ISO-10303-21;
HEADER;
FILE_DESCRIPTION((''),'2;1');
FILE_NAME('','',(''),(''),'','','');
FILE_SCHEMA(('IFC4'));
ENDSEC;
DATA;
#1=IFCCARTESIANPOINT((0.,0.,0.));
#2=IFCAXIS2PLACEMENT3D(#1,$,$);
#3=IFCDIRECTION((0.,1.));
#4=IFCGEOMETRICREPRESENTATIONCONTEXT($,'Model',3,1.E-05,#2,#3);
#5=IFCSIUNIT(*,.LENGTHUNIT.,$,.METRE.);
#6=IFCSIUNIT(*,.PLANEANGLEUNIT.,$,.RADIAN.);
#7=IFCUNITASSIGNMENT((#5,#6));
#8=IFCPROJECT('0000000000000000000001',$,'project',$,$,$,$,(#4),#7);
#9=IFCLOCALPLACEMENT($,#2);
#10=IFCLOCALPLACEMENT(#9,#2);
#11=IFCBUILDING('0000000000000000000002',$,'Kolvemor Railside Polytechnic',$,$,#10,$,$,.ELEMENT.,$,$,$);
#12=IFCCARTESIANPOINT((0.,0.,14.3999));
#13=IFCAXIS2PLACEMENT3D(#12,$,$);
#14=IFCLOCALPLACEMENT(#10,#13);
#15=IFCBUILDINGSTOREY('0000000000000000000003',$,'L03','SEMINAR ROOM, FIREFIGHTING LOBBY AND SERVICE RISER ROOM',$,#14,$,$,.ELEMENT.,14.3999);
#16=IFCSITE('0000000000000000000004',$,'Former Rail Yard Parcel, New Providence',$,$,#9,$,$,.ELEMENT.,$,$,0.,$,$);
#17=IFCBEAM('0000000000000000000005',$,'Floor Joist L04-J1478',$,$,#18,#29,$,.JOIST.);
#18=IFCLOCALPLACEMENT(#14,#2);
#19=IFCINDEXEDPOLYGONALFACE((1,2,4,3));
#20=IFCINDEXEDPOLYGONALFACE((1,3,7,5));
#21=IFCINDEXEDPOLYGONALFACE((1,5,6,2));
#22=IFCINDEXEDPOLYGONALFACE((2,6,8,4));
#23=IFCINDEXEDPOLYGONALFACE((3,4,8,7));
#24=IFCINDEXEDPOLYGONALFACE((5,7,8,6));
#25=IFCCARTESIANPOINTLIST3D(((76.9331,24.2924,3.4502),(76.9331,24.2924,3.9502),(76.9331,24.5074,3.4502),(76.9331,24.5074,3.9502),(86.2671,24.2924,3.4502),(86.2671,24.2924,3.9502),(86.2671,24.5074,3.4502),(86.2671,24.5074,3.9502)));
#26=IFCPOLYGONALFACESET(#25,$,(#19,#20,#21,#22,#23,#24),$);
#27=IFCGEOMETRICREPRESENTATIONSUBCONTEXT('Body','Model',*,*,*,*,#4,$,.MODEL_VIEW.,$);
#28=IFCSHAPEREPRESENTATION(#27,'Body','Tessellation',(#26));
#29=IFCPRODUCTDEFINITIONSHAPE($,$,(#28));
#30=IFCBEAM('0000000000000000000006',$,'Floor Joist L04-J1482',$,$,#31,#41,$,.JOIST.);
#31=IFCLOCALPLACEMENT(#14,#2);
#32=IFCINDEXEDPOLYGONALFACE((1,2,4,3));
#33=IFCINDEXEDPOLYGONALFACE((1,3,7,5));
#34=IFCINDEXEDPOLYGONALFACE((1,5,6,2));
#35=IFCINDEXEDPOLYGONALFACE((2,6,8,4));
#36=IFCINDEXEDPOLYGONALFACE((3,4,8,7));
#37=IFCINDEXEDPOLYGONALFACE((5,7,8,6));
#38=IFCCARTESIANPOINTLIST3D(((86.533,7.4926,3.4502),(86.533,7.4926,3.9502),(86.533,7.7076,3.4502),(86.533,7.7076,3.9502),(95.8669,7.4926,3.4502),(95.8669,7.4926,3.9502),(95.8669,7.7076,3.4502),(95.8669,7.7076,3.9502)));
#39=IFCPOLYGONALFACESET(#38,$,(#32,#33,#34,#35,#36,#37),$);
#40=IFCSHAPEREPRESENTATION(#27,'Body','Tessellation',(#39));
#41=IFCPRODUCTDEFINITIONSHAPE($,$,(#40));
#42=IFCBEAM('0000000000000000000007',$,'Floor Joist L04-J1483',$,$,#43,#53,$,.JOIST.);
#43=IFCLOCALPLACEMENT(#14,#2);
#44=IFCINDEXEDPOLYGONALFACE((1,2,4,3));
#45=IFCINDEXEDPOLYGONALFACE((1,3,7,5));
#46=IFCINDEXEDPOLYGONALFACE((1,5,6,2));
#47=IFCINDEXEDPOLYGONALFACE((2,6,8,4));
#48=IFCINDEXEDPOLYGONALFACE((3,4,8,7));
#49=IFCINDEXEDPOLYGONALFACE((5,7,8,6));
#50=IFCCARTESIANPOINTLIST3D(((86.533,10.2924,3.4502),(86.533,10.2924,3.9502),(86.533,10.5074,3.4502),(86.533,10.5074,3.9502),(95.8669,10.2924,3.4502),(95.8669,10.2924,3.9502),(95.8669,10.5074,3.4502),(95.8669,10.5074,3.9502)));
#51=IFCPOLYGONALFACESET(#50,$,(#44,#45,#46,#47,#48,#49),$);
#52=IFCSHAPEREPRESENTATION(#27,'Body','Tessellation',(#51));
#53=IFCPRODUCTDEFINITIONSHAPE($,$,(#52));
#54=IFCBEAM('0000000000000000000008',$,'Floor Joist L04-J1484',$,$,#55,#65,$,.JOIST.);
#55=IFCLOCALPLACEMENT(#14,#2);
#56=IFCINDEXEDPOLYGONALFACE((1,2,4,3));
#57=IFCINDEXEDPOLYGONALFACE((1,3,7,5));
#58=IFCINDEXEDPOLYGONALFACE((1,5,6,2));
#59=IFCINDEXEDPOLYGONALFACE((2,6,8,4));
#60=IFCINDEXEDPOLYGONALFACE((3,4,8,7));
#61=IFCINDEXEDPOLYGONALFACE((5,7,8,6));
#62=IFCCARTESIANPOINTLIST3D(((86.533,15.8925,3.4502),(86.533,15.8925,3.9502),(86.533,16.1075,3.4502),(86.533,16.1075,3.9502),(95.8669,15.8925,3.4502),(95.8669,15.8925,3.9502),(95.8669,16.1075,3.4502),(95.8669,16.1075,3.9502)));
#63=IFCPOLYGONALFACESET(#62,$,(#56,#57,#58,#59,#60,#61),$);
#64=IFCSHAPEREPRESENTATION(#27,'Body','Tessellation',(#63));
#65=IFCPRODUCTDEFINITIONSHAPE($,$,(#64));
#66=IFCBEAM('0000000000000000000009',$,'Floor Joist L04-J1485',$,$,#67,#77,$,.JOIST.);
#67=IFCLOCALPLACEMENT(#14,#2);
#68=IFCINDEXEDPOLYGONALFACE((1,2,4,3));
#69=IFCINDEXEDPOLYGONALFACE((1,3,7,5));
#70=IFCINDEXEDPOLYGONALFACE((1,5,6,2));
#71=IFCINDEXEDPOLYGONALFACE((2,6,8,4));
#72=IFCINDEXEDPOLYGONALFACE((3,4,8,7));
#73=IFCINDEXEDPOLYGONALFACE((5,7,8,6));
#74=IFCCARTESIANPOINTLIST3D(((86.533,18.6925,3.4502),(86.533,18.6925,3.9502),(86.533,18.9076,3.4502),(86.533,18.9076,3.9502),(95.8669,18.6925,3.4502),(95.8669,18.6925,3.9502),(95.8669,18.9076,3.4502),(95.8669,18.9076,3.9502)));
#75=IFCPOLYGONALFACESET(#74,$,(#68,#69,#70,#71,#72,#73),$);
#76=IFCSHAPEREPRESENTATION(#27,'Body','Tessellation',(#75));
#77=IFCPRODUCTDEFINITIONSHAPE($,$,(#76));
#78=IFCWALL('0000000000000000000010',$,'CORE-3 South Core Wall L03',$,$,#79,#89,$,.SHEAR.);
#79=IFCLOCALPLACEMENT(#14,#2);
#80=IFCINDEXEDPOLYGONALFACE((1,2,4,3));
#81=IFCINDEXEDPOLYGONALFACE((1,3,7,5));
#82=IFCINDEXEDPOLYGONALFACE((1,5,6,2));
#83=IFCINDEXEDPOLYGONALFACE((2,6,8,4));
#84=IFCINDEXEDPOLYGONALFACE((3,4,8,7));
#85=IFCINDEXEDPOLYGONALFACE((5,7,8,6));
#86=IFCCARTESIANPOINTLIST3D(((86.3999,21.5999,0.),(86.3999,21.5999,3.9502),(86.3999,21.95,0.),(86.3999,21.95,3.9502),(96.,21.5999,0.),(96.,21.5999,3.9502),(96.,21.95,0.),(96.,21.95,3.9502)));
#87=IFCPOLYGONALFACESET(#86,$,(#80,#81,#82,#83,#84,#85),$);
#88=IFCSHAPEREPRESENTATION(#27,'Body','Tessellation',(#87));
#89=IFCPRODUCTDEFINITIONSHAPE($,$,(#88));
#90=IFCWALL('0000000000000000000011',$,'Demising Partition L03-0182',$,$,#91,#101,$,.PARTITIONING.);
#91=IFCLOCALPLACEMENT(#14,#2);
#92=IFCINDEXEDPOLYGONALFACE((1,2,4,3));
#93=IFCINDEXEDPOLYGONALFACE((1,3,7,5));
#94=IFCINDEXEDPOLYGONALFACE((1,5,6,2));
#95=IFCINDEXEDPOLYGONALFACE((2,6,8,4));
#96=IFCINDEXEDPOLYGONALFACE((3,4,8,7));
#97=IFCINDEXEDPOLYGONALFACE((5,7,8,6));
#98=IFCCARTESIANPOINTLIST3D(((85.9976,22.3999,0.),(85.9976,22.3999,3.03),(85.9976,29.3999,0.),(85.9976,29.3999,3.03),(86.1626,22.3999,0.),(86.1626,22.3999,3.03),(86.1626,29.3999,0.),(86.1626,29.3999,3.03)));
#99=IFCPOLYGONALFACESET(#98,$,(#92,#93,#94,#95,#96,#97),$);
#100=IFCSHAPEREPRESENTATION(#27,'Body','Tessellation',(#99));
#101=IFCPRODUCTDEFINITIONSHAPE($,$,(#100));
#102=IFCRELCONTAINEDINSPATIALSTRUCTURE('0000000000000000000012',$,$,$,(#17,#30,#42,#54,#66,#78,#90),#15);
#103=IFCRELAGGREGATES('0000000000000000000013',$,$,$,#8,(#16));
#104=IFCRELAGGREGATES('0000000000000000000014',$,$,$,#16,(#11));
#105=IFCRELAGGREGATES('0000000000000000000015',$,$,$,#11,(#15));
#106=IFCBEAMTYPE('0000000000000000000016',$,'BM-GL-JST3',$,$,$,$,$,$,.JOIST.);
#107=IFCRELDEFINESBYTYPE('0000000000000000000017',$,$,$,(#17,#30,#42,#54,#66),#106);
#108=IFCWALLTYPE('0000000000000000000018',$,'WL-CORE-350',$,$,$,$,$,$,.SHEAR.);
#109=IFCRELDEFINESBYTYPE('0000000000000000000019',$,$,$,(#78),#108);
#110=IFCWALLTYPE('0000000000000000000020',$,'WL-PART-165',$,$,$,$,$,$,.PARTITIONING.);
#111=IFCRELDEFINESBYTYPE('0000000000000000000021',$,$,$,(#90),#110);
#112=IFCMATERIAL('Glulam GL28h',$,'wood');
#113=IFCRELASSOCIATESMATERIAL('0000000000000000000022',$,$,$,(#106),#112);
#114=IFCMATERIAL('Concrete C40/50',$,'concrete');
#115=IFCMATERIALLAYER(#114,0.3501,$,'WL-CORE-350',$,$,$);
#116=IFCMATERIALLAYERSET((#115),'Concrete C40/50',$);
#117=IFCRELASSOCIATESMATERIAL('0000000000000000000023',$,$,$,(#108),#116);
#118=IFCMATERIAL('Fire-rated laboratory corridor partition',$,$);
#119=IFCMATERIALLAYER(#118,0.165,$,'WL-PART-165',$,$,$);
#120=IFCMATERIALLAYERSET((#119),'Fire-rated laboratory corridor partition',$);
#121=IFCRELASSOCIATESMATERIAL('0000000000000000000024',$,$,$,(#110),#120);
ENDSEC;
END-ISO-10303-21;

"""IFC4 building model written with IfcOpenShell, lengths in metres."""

from ifc_helpers import new_model, si_unit, direction, frame, frame_2d, origin, origin_2d, place, context, subcontext, project, spatial, rectangle, extrude, material, layer, layer_set, material_profile, profile_set, type_object, element, save


model = new_model("IFC4")

# Units and contexts
model_context = context("Model", 3, precision=1e-05, world=origin(), true_north=direction((0.0, 1.0)))
body_context = subcontext(model_context, "Body", "Model", "MODEL_VIEW")
ifc_project = project(units=[si_unit("LENGTHUNIT", "METRE"), si_unit("PLANEANGLEUNIT", "RADIAN")], contexts=[model_context])

# Site, building, storey
site_placement = place(None, origin())
site = spatial("IfcSite", under=ifc_project, at=site_placement, Name="Former Rail Yard Parcel, New Providence", CompositionType="ELEMENT", RefElevation=0.0)
building_placement = place(site_placement, origin())
building = spatial("IfcBuilding", under=site, at=building_placement, Name="Kolvemor Railside Polytechnic", CompositionType="ELEMENT")
storey_placement = place(building_placement, frame((0.0, 0.0, 14.3999)))
storey = spatial("IfcBuildingStorey", under=building, at=storey_placement, Name="L03", Description="SEMINAR ROOM, FIREFIGHTING LOBBY AND SERVICE RISER ROOM", CompositionType="ELEMENT", Elevation=14.3999)

# Beams
ifc_material_1 = material(Name="Glulam GL28h", Category="wood")
ifc_material_profile_1 = material_profile(ifc_material_1, rectangle(XDim=0.2151, YDim=0.5, at=origin_2d()), Name="GL215x500")
ifc_profile_set_1 = profile_set([ifc_material_profile_1], Name="Glulam GL28h")
beam_type_1 = type_object("IfcBeamType", Name="BM-GL-JST3", PredefinedType="JOIST", material=ifc_profile_set_1)
for number, where, z_axis, x_axis, name in (
    (1, (76.9331, 24.3999, 3.7002), (1.0, 0.0, 0.0), (0.0, 1.0, 0.0), "Floor Joist L04-J1478"),
    (2, (86.533, 7.6001, 3.7002), (1.0, 0.0, 0.0), (0.0, 1.0, 0.0), "Floor Joist L04-J1482"),
    (3, (86.533, 10.3999, 3.7002), (1.0, 0.0, 0.0), (0.0, 1.0, 0.0), "Floor Joist L04-J1483"),
    (4, (86.533, 16.0, 3.7002), (1.0, 0.0, 0.0), (0.0, 1.0, 0.0), "Floor Joist L04-J1484"),
    (5, (86.533, 18.8, 3.7002), (1.0, 0.0, 0.0), (0.0, 1.0, 0.0), "Floor Joist L04-J1485"),
):
    element("IfcBeam", number, at=place(storey_placement, frame(where, z_axis=z_axis, x_axis=x_axis)), inside=storey, type_object=beam_type_1, Name=name, PredefinedType="JOIST", context=body_context, shape_type="SweptSolid", body=[
        extrude(rectangle(XDim=0.2151, YDim=0.5, at=origin_2d()), origin(), (0.0, 0.0, 1.0), 9.334),
    ])

# Shared definitions
ifc_material_2 = material(Name="Concrete C40/50", Category="concrete")
ifc_layer_1 = layer(ifc_material_2, 0.3501, Name="WL-CORE-350")
ifc_layer_set_1 = layer_set([ifc_layer_1], Name="Concrete C40/50")
wall_type_1 = type_object("IfcWallType", Name="WL-CORE-350", PredefinedType="SHEAR", material=ifc_layer_set_1)

# Walls
wall_1_placement = place(storey_placement, frame((86.3999, 21.7749, 0.0), z_axis=(0.0, 0.0, 1.0), x_axis=(1.0, 0.0, 0.0)))
element("IfcWall", 6, at=wall_1_placement, inside=storey, type_object=wall_type_1, Name="CORE-3 South Core Wall L03", PredefinedType="SHEAR", context=body_context, shape_type="SweptSolid", body=[
    extrude(rectangle(XDim=9.6001, YDim=0.3501, at=frame_2d((4.8, 0.0))), origin(), (0.0, 0.0, 1.0), 3.9502),
])
ifc_material_3 = material(Name="Fire-rated laboratory corridor partition")
ifc_layer_2 = layer(ifc_material_3, 0.165, Name="WL-PART-165")
ifc_layer_set_2 = layer_set([ifc_layer_2], Name="Fire-rated laboratory corridor partition")
wall_type_2 = type_object("IfcWallType", Name="WL-PART-165", PredefinedType="PARTITIONING", material=ifc_layer_set_2)
wall_2_placement = place(storey_placement, frame((86.0801, 22.3999, 0.0), z_axis=(0.0, 0.0, 1.0), x_axis=(0.0, 1.0, 0.0)))
element("IfcWall", 7, at=wall_2_placement, inside=storey, type_object=wall_type_2, Name="Demising Partition L03-0182", PredefinedType="PARTITIONING", context=body_context, shape_type="SweptSolid", body=[
    extrude(rectangle(XDim=7.0, YDim=0.165, at=frame_2d((3.5, 0.0))), origin(), (0.0, 0.0, 1.0), 3.03),
])

save(model, "model.ifc")
